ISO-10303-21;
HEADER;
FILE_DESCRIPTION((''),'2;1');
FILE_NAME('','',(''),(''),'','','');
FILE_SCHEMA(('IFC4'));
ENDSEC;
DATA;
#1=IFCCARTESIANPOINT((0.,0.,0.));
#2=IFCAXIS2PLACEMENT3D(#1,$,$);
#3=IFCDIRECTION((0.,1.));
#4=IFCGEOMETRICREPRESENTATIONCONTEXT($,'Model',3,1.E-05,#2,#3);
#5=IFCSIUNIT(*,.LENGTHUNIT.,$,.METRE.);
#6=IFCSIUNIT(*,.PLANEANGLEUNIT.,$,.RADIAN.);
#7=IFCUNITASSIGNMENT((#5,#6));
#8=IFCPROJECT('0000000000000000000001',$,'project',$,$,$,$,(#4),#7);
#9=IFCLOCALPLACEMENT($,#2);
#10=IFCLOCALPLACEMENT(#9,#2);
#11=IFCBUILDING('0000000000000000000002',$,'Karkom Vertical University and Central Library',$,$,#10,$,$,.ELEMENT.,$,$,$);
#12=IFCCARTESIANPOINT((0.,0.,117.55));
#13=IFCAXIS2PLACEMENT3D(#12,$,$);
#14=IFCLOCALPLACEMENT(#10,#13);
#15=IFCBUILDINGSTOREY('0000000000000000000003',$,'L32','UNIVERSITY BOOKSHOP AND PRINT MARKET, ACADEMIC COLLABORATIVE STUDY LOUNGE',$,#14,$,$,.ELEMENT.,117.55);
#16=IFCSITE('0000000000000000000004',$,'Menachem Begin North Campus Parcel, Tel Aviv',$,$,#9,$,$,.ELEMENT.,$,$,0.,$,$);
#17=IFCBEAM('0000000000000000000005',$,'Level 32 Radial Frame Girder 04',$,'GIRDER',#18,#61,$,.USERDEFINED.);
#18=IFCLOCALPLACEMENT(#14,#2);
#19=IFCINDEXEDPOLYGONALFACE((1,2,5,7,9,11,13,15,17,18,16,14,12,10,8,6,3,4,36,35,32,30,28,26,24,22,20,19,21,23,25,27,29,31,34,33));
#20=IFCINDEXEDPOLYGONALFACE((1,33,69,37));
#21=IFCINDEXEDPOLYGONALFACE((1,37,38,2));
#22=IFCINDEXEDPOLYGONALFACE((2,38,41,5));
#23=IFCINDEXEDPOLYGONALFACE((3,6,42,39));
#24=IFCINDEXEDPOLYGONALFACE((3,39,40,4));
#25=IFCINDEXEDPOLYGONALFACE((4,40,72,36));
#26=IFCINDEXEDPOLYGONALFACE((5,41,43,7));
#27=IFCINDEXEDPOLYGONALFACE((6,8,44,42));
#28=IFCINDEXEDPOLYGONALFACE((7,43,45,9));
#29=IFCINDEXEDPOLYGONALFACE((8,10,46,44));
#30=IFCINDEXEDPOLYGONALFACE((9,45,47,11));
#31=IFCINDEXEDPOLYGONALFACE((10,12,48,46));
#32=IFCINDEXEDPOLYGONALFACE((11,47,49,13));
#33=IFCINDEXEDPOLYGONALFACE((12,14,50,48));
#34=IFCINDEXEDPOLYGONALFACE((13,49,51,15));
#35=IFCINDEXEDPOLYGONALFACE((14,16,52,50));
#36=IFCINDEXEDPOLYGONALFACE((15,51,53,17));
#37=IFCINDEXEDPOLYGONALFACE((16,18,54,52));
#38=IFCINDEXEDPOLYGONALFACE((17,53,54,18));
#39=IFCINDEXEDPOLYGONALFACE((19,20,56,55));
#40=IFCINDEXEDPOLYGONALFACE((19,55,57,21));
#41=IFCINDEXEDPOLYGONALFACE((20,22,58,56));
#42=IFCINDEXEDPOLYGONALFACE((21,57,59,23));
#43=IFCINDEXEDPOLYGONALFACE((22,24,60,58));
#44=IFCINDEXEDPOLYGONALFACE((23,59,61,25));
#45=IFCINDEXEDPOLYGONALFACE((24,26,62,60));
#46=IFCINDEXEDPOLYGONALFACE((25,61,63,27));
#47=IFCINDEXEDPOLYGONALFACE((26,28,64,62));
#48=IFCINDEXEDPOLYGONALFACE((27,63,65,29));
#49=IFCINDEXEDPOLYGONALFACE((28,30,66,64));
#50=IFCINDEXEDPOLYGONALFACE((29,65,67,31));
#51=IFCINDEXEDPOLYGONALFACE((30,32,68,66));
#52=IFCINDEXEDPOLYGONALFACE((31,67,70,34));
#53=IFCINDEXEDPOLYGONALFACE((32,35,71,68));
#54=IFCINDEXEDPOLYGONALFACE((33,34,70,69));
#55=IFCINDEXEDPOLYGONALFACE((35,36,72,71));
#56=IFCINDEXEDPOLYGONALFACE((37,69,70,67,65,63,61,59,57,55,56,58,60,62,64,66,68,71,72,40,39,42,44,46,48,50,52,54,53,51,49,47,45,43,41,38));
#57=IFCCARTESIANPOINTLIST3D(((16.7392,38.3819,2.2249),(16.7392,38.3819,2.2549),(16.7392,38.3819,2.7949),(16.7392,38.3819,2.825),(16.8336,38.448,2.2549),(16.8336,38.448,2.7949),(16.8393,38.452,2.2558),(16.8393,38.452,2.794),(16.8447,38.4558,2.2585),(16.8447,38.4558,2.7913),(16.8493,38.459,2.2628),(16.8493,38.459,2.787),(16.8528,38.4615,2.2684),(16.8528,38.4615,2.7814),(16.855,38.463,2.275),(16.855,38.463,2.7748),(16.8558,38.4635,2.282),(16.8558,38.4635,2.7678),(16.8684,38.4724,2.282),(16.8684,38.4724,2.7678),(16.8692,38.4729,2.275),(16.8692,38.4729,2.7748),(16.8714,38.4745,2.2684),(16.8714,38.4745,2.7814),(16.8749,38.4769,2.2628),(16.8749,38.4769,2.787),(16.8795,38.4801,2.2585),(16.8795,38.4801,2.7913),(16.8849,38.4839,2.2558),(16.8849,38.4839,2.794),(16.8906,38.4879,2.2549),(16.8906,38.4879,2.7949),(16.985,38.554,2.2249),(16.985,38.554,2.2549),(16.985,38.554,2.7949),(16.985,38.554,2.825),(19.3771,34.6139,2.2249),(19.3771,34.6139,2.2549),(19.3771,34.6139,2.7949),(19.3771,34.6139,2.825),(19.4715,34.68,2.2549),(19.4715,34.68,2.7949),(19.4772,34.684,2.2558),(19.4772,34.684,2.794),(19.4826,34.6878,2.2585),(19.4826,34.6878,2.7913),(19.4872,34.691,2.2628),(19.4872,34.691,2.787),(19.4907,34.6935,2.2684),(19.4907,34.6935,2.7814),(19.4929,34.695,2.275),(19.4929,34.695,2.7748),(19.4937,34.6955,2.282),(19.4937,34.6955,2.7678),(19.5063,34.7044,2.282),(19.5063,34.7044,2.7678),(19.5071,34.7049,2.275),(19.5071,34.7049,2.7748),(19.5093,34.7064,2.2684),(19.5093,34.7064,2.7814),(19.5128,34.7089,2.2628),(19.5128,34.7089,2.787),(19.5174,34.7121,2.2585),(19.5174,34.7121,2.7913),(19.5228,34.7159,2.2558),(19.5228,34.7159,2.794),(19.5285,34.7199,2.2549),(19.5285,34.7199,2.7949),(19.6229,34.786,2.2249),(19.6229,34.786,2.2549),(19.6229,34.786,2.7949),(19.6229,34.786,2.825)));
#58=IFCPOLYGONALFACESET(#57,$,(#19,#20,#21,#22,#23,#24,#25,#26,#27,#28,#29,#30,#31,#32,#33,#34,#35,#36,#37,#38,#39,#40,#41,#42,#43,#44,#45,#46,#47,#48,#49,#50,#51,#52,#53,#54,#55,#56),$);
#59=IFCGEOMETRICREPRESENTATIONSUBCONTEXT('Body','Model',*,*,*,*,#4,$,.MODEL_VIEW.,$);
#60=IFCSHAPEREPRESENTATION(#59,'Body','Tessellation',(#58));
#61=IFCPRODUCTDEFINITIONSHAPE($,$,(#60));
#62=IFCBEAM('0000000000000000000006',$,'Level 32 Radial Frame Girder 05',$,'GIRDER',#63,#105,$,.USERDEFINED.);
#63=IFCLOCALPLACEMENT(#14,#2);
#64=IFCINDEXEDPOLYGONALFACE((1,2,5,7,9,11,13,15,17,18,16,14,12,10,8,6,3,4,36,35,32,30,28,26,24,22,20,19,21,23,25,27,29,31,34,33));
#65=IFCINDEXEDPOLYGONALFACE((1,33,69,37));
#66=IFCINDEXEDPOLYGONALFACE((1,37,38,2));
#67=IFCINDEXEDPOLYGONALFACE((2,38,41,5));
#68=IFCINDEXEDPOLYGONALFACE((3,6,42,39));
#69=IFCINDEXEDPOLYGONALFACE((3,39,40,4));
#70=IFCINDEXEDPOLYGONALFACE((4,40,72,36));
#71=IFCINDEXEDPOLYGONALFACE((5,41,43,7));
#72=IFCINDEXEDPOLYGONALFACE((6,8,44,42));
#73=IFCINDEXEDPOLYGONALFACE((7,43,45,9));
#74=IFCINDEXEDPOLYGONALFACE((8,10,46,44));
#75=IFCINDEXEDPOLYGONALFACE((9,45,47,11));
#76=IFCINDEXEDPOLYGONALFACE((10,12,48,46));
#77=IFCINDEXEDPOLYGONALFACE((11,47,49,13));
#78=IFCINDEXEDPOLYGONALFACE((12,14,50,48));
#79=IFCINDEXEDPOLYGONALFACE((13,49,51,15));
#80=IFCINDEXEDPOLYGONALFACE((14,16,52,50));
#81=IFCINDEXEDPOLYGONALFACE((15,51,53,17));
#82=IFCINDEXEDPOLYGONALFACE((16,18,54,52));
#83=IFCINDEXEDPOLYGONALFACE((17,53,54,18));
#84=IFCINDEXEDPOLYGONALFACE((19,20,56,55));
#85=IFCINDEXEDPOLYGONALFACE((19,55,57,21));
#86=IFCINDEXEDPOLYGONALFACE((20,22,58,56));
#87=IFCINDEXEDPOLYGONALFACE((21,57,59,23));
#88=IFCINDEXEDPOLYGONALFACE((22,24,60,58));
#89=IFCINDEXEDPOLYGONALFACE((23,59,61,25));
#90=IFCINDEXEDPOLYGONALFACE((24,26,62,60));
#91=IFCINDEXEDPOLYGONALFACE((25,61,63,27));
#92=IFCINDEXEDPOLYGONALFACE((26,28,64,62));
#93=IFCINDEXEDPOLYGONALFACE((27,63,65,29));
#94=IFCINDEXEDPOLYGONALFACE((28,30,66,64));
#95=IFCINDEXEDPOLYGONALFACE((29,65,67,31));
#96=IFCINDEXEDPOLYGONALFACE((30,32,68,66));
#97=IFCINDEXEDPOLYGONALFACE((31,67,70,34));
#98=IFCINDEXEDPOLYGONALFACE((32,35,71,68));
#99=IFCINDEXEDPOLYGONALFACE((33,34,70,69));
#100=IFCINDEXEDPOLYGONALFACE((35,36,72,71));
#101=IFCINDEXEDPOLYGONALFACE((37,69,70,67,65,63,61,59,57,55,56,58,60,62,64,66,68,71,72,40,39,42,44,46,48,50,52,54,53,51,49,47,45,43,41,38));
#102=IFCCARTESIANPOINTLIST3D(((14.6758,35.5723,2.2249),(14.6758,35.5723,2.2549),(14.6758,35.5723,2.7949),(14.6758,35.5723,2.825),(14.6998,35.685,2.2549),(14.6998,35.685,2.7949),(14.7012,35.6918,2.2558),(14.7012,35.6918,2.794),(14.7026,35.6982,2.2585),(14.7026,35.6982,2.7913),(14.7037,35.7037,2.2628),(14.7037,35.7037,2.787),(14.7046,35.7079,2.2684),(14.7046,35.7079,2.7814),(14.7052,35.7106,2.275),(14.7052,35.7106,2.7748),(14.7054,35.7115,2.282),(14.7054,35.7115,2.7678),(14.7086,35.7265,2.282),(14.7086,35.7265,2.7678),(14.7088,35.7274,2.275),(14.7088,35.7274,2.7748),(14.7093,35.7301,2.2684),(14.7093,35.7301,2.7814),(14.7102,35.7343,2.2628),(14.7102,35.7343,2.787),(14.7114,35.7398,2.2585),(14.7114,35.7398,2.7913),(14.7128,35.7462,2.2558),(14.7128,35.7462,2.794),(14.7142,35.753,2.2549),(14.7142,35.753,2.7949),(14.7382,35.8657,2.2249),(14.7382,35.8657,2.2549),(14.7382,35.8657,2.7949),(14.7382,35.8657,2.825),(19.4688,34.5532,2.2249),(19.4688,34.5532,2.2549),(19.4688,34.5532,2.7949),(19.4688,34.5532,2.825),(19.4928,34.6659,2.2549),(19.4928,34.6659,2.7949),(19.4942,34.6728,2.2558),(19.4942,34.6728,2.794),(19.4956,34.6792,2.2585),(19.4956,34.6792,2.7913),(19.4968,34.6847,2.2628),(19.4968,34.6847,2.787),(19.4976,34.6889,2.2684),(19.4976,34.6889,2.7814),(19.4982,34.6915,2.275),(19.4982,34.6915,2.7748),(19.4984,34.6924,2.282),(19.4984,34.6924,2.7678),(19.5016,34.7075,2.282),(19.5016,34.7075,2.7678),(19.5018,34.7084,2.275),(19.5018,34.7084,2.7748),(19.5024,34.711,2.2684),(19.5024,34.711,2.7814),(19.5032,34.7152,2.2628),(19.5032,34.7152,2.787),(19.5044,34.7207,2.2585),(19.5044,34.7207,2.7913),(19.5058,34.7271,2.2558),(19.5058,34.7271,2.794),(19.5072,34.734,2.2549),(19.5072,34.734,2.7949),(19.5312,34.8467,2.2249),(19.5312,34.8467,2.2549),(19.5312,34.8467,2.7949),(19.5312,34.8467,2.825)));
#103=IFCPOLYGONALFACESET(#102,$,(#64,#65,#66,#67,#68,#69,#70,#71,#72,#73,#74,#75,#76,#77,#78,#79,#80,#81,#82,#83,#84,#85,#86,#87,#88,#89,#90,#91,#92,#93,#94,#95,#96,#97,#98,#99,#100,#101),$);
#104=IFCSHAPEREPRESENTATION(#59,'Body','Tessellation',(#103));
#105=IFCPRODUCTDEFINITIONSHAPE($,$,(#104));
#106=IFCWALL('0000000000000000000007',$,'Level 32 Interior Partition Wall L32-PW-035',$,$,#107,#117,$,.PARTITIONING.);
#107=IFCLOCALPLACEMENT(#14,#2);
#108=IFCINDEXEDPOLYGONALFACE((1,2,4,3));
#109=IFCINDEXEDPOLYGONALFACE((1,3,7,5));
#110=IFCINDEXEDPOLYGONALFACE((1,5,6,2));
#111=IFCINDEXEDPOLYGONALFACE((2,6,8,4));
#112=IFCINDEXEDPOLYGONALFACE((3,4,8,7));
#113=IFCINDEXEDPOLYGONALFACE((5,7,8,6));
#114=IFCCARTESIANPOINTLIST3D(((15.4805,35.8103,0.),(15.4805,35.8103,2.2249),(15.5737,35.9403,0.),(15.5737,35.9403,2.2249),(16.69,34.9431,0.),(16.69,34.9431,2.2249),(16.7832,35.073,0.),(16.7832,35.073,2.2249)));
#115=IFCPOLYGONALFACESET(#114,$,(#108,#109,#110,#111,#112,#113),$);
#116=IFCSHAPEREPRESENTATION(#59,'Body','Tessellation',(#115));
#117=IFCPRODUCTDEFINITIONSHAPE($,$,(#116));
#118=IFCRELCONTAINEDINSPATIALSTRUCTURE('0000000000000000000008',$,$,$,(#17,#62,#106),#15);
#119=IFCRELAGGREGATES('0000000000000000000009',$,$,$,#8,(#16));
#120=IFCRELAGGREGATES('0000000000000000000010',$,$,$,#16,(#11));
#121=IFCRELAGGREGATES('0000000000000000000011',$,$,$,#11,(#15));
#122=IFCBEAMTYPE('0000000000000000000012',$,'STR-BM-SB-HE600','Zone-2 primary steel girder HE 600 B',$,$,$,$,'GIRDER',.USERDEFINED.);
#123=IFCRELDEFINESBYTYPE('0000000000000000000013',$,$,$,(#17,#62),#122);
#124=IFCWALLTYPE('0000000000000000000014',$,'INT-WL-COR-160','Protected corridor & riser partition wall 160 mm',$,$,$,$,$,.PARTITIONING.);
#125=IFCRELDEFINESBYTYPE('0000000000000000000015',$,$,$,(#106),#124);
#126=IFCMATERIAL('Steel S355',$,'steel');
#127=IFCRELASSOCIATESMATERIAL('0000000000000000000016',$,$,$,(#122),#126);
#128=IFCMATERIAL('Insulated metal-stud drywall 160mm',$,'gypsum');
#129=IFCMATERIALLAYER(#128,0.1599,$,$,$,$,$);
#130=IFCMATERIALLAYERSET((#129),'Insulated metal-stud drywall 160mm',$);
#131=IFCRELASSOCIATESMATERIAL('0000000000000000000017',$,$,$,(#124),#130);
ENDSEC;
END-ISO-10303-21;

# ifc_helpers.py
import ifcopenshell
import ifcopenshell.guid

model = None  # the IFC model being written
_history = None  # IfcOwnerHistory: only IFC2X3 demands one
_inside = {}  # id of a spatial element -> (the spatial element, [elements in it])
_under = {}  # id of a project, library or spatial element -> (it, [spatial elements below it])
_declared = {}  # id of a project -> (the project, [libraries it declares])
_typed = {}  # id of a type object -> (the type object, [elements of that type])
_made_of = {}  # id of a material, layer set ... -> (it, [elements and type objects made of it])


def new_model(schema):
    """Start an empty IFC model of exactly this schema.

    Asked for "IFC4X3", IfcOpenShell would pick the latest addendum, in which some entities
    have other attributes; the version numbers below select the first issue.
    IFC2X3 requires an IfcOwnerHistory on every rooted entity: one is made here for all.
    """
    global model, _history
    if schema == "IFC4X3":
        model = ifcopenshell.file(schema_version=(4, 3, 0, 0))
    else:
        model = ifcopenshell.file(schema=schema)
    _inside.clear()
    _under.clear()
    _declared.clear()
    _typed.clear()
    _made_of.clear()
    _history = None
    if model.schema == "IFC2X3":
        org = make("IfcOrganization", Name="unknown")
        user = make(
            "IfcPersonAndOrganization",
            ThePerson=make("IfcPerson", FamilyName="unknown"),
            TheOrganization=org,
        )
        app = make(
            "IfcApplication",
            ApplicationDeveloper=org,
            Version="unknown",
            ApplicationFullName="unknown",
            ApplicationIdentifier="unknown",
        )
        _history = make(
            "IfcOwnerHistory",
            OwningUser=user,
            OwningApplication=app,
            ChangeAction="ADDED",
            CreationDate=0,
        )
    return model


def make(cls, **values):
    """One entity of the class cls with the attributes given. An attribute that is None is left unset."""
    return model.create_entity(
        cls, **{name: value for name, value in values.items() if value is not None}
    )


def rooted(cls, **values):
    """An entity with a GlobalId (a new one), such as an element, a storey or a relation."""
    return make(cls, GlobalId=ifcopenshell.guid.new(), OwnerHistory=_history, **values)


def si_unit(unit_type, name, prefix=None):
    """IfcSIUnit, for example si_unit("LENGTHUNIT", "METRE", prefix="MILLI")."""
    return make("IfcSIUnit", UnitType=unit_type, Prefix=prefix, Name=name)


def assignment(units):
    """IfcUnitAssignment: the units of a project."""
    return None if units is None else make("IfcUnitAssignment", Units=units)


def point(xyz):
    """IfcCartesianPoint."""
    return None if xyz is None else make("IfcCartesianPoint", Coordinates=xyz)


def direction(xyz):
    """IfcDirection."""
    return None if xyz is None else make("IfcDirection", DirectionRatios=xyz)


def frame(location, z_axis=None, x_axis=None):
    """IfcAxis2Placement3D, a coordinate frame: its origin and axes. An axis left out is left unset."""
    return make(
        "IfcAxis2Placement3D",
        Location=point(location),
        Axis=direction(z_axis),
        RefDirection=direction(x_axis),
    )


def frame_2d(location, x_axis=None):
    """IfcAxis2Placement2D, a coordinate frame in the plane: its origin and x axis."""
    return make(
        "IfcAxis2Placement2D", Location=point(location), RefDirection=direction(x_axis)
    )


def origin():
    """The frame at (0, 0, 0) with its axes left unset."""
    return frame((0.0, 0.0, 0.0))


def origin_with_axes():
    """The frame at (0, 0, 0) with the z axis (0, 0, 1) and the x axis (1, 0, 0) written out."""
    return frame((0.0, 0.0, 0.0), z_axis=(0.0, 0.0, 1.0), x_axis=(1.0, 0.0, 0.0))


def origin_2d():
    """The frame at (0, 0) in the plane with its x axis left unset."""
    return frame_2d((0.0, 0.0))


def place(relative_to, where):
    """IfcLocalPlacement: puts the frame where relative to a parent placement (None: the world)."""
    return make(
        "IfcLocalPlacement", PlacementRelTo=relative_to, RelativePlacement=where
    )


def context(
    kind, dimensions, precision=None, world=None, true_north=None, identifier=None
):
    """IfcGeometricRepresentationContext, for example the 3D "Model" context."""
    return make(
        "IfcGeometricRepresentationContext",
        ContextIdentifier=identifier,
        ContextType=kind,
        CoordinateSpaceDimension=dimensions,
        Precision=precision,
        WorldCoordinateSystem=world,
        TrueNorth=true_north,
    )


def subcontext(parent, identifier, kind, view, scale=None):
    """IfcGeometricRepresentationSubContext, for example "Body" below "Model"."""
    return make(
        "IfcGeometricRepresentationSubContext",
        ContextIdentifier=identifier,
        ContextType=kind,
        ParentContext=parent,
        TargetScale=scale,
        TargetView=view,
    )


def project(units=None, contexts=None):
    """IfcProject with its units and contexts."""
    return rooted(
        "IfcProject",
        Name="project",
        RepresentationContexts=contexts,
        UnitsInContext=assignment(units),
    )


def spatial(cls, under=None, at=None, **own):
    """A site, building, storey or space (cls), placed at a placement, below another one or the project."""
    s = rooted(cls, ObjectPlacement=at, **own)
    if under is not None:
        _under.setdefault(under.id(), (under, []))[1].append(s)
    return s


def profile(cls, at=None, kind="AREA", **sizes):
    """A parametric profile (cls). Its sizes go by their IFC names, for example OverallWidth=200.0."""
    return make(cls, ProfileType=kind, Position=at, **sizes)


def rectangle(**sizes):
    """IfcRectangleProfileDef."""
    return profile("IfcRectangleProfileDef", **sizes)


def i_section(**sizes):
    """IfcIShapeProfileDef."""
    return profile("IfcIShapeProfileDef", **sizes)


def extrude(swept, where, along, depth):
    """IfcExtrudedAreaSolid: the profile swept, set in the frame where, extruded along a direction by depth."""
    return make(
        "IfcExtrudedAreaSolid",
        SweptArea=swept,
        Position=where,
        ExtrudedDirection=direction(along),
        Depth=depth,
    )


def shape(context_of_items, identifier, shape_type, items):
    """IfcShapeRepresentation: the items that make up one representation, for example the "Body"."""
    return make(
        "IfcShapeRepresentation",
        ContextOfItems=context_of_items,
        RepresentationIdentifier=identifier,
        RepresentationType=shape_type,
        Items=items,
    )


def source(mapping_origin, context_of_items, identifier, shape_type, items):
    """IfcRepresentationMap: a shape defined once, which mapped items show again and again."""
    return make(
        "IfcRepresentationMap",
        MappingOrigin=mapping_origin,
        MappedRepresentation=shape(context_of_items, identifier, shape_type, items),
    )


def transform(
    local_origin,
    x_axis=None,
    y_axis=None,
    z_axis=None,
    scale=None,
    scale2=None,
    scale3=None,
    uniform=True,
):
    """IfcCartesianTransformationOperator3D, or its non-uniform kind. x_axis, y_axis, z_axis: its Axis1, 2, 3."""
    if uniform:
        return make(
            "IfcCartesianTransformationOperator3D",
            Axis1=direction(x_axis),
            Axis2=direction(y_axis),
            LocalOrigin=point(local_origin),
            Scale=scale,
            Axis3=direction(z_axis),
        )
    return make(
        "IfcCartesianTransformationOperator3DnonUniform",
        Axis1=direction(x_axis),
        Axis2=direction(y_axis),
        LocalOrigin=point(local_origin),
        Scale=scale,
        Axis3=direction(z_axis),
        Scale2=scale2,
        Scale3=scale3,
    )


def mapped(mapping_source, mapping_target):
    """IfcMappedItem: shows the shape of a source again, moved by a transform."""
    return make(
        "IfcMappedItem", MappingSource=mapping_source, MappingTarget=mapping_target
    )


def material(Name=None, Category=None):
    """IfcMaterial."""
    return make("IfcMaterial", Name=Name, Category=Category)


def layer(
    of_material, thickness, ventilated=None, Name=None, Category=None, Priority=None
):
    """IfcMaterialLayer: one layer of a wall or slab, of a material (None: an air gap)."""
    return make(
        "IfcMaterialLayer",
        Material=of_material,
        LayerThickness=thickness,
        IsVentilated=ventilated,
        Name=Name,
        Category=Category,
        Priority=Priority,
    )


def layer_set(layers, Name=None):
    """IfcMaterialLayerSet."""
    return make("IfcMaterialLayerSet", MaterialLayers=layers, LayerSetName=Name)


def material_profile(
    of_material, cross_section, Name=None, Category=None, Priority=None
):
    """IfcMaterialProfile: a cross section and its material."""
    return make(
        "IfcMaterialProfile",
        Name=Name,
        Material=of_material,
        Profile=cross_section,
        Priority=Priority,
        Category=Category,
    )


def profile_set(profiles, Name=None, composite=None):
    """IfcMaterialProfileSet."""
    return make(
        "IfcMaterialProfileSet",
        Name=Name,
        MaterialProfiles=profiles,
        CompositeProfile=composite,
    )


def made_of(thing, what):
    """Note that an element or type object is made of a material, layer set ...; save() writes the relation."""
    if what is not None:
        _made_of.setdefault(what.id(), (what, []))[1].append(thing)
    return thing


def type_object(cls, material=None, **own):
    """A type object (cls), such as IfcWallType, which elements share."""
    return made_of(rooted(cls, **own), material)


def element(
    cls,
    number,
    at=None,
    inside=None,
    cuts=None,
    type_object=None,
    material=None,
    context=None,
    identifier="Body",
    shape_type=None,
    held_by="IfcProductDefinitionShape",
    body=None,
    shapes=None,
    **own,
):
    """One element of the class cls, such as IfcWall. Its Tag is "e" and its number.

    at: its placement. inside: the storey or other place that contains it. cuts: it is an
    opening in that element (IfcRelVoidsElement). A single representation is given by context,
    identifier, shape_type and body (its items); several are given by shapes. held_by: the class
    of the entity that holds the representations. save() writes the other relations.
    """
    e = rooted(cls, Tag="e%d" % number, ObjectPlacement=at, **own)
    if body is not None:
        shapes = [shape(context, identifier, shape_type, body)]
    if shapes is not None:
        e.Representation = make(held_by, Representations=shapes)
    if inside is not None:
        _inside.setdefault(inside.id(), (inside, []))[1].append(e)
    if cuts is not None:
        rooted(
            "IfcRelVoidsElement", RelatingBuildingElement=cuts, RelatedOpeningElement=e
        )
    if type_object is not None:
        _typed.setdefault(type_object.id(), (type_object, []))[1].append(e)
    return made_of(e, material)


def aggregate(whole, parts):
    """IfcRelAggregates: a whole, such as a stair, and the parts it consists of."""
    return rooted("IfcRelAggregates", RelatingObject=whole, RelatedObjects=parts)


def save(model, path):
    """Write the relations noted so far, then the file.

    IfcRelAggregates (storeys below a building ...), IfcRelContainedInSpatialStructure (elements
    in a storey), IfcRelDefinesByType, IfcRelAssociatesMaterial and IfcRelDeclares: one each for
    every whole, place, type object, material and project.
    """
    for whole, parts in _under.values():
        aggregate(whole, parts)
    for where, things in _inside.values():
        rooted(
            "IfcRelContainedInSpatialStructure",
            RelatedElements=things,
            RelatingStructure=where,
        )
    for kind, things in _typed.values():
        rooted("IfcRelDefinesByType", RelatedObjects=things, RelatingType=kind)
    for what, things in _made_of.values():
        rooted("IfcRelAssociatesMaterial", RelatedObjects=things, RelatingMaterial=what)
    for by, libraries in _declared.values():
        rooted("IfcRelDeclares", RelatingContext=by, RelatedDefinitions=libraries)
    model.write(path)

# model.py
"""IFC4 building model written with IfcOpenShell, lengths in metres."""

from ifc_helpers import new_model, si_unit, direction, frame, frame_2d, origin, origin_with_axes, origin_2d, place, context, subcontext, project, spatial, rectangle, i_section, extrude, source, transform, mapped, material, layer, layer_set, material_profile, profile_set, type_object, element, save


model = new_model("IFC4")

# Units and contexts
model_context = context("Model", 3, precision=1e-05, world=origin(), true_north=direction((0.0, 1.0)))
body_context = subcontext(model_context, "Body", "Model", "MODEL_VIEW")
ifc_project = project(units=[si_unit("LENGTHUNIT", "METRE"), si_unit("PLANEANGLEUNIT", "RADIAN")], contexts=[model_context])

# Site, building, storey
site_placement = place(None, origin())
site = spatial("IfcSite", under=ifc_project, at=site_placement, Name="Menachem Begin North Campus Parcel, Tel Aviv", CompositionType="ELEMENT", RefElevation=0.0)
building_placement = place(site_placement, origin())
building = spatial("IfcBuilding", under=site, at=building_placement, Name="Karkom Vertical University and Central Library", CompositionType="ELEMENT")
storey_placement = place(building_placement, frame((0.0, 0.0, 117.55)))
storey = spatial("IfcBuildingStorey", under=building, at=storey_placement, Name="L32", Description="UNIVERSITY BOOKSHOP AND PRINT MARKET, ACADEMIC COLLABORATIVE STUDY LOUNGE", CompositionType="ELEMENT", Elevation=117.55)

# Beams
ifc_material_1 = material(Name="Steel S355", Category="steel")
ifc_material_profile_1 = material_profile(ifc_material_1, i_section(OverallWidth=0.3, OverallDepth=0.6001, WebThickness=0.0154, FlangeThickness=0.03, FilletRadius=0.0271, at=origin_2d()), Name="HE 600 B")
ifc_profile_set_1 = profile_set([ifc_material_profile_1], Name="Steel S355")
beam_type_1 = type_object("IfcBeamType", Name="STR-BM-SB-HE600", Description="Zone-2 primary steel girder HE 600 B", ElementType="GIRDER", PredefinedType="USERDEFINED", material=ifc_profile_set_1)
shared_shape_1 = source(origin_with_axes(), body_context, "Body", "SweptSolid", [
    extrude(i_section(OverallWidth=0.3, OverallDepth=0.6001, WebThickness=0.0154, FlangeThickness=0.03, FilletRadius=0.0271, at=origin_2d()), origin(), (0.0, 0.0, 1.0), 4.5996),
])
beam_1_placement = place(storey_placement, frame((19.5, 34.7, 2.5249), z_axis=(-0.573505, 0.819202, 0.0), x_axis=(-0.819202, -0.573505, 0.0)))
element("IfcBeam", 1, at=beam_1_placement, inside=storey, type_object=beam_type_1, Name="Level 32 Radial Frame Girder 04", ObjectType="GIRDER", PredefinedType="USERDEFINED", context=body_context, shape_type="MappedRepresentation", body=[
    mapped(shared_shape_1, transform((0.0, 0.0, 0.0), scale=1.0)),
])
shared_shape_2 = source(origin_with_axes(), body_context, "Body", "SweptSolid", [
    extrude(i_section(OverallWidth=0.3, OverallDepth=0.6001, WebThickness=0.0154, FlangeThickness=0.03, FilletRadius=0.0271, at=origin_2d()), origin(), (0.0, 0.0, 1.0), 4.9001),
])
beam_2_placement = place(storey_placement, frame((19.5, 34.7, 2.5249), z_axis=(-0.978137, 0.207964, 0.0), x_axis=(-0.207964, -0.978137, 0.0)))
element("IfcBeam", 2, at=beam_2_placement, inside=storey, type_object=beam_type_1, Name="Level 32 Radial Frame Girder 05", ObjectType="GIRDER", PredefinedType="USERDEFINED", context=body_context, shape_type="MappedRepresentation", body=[
    mapped(shared_shape_2, transform((0.0, 0.0, 0.0), scale=1.0)),
])

# Wall
ifc_material_2 = material(Name="Insulated metal-stud drywall 160mm", Category="gypsum")
ifc_layer_1 = layer(ifc_material_2, 0.1599)
ifc_layer_set_1 = layer_set([ifc_layer_1], Name="Insulated metal-stud drywall 160mm")
wall_type_1 = type_object("IfcWallType", Name="INT-WL-COR-160", Description="Protected corridor & riser partition wall 160 mm", PredefinedType="PARTITIONING", material=ifc_layer_set_1)
wall_1_placement = place(storey_placement, frame((16.7366, 35.0081, 0.0), z_axis=(0.0, 0.0, 1.0), x_axis=(-0.81269, 0.582696, 0.0)))
element("IfcWall", 3, at=wall_1_placement, inside=storey, type_object=wall_type_1, Name="Level 32 Interior Partition Wall L32-PW-035", PredefinedType="PARTITIONING", context=body_context, shape_type="SweptSolid", body=[
    extrude(rectangle(XDim=1.4883, YDim=0.1599, at=frame_2d((0.7441, 0.0))), origin(), (0.0, 0.0, 1.0), 2.2249),
])

save(model, "model.ifc")
